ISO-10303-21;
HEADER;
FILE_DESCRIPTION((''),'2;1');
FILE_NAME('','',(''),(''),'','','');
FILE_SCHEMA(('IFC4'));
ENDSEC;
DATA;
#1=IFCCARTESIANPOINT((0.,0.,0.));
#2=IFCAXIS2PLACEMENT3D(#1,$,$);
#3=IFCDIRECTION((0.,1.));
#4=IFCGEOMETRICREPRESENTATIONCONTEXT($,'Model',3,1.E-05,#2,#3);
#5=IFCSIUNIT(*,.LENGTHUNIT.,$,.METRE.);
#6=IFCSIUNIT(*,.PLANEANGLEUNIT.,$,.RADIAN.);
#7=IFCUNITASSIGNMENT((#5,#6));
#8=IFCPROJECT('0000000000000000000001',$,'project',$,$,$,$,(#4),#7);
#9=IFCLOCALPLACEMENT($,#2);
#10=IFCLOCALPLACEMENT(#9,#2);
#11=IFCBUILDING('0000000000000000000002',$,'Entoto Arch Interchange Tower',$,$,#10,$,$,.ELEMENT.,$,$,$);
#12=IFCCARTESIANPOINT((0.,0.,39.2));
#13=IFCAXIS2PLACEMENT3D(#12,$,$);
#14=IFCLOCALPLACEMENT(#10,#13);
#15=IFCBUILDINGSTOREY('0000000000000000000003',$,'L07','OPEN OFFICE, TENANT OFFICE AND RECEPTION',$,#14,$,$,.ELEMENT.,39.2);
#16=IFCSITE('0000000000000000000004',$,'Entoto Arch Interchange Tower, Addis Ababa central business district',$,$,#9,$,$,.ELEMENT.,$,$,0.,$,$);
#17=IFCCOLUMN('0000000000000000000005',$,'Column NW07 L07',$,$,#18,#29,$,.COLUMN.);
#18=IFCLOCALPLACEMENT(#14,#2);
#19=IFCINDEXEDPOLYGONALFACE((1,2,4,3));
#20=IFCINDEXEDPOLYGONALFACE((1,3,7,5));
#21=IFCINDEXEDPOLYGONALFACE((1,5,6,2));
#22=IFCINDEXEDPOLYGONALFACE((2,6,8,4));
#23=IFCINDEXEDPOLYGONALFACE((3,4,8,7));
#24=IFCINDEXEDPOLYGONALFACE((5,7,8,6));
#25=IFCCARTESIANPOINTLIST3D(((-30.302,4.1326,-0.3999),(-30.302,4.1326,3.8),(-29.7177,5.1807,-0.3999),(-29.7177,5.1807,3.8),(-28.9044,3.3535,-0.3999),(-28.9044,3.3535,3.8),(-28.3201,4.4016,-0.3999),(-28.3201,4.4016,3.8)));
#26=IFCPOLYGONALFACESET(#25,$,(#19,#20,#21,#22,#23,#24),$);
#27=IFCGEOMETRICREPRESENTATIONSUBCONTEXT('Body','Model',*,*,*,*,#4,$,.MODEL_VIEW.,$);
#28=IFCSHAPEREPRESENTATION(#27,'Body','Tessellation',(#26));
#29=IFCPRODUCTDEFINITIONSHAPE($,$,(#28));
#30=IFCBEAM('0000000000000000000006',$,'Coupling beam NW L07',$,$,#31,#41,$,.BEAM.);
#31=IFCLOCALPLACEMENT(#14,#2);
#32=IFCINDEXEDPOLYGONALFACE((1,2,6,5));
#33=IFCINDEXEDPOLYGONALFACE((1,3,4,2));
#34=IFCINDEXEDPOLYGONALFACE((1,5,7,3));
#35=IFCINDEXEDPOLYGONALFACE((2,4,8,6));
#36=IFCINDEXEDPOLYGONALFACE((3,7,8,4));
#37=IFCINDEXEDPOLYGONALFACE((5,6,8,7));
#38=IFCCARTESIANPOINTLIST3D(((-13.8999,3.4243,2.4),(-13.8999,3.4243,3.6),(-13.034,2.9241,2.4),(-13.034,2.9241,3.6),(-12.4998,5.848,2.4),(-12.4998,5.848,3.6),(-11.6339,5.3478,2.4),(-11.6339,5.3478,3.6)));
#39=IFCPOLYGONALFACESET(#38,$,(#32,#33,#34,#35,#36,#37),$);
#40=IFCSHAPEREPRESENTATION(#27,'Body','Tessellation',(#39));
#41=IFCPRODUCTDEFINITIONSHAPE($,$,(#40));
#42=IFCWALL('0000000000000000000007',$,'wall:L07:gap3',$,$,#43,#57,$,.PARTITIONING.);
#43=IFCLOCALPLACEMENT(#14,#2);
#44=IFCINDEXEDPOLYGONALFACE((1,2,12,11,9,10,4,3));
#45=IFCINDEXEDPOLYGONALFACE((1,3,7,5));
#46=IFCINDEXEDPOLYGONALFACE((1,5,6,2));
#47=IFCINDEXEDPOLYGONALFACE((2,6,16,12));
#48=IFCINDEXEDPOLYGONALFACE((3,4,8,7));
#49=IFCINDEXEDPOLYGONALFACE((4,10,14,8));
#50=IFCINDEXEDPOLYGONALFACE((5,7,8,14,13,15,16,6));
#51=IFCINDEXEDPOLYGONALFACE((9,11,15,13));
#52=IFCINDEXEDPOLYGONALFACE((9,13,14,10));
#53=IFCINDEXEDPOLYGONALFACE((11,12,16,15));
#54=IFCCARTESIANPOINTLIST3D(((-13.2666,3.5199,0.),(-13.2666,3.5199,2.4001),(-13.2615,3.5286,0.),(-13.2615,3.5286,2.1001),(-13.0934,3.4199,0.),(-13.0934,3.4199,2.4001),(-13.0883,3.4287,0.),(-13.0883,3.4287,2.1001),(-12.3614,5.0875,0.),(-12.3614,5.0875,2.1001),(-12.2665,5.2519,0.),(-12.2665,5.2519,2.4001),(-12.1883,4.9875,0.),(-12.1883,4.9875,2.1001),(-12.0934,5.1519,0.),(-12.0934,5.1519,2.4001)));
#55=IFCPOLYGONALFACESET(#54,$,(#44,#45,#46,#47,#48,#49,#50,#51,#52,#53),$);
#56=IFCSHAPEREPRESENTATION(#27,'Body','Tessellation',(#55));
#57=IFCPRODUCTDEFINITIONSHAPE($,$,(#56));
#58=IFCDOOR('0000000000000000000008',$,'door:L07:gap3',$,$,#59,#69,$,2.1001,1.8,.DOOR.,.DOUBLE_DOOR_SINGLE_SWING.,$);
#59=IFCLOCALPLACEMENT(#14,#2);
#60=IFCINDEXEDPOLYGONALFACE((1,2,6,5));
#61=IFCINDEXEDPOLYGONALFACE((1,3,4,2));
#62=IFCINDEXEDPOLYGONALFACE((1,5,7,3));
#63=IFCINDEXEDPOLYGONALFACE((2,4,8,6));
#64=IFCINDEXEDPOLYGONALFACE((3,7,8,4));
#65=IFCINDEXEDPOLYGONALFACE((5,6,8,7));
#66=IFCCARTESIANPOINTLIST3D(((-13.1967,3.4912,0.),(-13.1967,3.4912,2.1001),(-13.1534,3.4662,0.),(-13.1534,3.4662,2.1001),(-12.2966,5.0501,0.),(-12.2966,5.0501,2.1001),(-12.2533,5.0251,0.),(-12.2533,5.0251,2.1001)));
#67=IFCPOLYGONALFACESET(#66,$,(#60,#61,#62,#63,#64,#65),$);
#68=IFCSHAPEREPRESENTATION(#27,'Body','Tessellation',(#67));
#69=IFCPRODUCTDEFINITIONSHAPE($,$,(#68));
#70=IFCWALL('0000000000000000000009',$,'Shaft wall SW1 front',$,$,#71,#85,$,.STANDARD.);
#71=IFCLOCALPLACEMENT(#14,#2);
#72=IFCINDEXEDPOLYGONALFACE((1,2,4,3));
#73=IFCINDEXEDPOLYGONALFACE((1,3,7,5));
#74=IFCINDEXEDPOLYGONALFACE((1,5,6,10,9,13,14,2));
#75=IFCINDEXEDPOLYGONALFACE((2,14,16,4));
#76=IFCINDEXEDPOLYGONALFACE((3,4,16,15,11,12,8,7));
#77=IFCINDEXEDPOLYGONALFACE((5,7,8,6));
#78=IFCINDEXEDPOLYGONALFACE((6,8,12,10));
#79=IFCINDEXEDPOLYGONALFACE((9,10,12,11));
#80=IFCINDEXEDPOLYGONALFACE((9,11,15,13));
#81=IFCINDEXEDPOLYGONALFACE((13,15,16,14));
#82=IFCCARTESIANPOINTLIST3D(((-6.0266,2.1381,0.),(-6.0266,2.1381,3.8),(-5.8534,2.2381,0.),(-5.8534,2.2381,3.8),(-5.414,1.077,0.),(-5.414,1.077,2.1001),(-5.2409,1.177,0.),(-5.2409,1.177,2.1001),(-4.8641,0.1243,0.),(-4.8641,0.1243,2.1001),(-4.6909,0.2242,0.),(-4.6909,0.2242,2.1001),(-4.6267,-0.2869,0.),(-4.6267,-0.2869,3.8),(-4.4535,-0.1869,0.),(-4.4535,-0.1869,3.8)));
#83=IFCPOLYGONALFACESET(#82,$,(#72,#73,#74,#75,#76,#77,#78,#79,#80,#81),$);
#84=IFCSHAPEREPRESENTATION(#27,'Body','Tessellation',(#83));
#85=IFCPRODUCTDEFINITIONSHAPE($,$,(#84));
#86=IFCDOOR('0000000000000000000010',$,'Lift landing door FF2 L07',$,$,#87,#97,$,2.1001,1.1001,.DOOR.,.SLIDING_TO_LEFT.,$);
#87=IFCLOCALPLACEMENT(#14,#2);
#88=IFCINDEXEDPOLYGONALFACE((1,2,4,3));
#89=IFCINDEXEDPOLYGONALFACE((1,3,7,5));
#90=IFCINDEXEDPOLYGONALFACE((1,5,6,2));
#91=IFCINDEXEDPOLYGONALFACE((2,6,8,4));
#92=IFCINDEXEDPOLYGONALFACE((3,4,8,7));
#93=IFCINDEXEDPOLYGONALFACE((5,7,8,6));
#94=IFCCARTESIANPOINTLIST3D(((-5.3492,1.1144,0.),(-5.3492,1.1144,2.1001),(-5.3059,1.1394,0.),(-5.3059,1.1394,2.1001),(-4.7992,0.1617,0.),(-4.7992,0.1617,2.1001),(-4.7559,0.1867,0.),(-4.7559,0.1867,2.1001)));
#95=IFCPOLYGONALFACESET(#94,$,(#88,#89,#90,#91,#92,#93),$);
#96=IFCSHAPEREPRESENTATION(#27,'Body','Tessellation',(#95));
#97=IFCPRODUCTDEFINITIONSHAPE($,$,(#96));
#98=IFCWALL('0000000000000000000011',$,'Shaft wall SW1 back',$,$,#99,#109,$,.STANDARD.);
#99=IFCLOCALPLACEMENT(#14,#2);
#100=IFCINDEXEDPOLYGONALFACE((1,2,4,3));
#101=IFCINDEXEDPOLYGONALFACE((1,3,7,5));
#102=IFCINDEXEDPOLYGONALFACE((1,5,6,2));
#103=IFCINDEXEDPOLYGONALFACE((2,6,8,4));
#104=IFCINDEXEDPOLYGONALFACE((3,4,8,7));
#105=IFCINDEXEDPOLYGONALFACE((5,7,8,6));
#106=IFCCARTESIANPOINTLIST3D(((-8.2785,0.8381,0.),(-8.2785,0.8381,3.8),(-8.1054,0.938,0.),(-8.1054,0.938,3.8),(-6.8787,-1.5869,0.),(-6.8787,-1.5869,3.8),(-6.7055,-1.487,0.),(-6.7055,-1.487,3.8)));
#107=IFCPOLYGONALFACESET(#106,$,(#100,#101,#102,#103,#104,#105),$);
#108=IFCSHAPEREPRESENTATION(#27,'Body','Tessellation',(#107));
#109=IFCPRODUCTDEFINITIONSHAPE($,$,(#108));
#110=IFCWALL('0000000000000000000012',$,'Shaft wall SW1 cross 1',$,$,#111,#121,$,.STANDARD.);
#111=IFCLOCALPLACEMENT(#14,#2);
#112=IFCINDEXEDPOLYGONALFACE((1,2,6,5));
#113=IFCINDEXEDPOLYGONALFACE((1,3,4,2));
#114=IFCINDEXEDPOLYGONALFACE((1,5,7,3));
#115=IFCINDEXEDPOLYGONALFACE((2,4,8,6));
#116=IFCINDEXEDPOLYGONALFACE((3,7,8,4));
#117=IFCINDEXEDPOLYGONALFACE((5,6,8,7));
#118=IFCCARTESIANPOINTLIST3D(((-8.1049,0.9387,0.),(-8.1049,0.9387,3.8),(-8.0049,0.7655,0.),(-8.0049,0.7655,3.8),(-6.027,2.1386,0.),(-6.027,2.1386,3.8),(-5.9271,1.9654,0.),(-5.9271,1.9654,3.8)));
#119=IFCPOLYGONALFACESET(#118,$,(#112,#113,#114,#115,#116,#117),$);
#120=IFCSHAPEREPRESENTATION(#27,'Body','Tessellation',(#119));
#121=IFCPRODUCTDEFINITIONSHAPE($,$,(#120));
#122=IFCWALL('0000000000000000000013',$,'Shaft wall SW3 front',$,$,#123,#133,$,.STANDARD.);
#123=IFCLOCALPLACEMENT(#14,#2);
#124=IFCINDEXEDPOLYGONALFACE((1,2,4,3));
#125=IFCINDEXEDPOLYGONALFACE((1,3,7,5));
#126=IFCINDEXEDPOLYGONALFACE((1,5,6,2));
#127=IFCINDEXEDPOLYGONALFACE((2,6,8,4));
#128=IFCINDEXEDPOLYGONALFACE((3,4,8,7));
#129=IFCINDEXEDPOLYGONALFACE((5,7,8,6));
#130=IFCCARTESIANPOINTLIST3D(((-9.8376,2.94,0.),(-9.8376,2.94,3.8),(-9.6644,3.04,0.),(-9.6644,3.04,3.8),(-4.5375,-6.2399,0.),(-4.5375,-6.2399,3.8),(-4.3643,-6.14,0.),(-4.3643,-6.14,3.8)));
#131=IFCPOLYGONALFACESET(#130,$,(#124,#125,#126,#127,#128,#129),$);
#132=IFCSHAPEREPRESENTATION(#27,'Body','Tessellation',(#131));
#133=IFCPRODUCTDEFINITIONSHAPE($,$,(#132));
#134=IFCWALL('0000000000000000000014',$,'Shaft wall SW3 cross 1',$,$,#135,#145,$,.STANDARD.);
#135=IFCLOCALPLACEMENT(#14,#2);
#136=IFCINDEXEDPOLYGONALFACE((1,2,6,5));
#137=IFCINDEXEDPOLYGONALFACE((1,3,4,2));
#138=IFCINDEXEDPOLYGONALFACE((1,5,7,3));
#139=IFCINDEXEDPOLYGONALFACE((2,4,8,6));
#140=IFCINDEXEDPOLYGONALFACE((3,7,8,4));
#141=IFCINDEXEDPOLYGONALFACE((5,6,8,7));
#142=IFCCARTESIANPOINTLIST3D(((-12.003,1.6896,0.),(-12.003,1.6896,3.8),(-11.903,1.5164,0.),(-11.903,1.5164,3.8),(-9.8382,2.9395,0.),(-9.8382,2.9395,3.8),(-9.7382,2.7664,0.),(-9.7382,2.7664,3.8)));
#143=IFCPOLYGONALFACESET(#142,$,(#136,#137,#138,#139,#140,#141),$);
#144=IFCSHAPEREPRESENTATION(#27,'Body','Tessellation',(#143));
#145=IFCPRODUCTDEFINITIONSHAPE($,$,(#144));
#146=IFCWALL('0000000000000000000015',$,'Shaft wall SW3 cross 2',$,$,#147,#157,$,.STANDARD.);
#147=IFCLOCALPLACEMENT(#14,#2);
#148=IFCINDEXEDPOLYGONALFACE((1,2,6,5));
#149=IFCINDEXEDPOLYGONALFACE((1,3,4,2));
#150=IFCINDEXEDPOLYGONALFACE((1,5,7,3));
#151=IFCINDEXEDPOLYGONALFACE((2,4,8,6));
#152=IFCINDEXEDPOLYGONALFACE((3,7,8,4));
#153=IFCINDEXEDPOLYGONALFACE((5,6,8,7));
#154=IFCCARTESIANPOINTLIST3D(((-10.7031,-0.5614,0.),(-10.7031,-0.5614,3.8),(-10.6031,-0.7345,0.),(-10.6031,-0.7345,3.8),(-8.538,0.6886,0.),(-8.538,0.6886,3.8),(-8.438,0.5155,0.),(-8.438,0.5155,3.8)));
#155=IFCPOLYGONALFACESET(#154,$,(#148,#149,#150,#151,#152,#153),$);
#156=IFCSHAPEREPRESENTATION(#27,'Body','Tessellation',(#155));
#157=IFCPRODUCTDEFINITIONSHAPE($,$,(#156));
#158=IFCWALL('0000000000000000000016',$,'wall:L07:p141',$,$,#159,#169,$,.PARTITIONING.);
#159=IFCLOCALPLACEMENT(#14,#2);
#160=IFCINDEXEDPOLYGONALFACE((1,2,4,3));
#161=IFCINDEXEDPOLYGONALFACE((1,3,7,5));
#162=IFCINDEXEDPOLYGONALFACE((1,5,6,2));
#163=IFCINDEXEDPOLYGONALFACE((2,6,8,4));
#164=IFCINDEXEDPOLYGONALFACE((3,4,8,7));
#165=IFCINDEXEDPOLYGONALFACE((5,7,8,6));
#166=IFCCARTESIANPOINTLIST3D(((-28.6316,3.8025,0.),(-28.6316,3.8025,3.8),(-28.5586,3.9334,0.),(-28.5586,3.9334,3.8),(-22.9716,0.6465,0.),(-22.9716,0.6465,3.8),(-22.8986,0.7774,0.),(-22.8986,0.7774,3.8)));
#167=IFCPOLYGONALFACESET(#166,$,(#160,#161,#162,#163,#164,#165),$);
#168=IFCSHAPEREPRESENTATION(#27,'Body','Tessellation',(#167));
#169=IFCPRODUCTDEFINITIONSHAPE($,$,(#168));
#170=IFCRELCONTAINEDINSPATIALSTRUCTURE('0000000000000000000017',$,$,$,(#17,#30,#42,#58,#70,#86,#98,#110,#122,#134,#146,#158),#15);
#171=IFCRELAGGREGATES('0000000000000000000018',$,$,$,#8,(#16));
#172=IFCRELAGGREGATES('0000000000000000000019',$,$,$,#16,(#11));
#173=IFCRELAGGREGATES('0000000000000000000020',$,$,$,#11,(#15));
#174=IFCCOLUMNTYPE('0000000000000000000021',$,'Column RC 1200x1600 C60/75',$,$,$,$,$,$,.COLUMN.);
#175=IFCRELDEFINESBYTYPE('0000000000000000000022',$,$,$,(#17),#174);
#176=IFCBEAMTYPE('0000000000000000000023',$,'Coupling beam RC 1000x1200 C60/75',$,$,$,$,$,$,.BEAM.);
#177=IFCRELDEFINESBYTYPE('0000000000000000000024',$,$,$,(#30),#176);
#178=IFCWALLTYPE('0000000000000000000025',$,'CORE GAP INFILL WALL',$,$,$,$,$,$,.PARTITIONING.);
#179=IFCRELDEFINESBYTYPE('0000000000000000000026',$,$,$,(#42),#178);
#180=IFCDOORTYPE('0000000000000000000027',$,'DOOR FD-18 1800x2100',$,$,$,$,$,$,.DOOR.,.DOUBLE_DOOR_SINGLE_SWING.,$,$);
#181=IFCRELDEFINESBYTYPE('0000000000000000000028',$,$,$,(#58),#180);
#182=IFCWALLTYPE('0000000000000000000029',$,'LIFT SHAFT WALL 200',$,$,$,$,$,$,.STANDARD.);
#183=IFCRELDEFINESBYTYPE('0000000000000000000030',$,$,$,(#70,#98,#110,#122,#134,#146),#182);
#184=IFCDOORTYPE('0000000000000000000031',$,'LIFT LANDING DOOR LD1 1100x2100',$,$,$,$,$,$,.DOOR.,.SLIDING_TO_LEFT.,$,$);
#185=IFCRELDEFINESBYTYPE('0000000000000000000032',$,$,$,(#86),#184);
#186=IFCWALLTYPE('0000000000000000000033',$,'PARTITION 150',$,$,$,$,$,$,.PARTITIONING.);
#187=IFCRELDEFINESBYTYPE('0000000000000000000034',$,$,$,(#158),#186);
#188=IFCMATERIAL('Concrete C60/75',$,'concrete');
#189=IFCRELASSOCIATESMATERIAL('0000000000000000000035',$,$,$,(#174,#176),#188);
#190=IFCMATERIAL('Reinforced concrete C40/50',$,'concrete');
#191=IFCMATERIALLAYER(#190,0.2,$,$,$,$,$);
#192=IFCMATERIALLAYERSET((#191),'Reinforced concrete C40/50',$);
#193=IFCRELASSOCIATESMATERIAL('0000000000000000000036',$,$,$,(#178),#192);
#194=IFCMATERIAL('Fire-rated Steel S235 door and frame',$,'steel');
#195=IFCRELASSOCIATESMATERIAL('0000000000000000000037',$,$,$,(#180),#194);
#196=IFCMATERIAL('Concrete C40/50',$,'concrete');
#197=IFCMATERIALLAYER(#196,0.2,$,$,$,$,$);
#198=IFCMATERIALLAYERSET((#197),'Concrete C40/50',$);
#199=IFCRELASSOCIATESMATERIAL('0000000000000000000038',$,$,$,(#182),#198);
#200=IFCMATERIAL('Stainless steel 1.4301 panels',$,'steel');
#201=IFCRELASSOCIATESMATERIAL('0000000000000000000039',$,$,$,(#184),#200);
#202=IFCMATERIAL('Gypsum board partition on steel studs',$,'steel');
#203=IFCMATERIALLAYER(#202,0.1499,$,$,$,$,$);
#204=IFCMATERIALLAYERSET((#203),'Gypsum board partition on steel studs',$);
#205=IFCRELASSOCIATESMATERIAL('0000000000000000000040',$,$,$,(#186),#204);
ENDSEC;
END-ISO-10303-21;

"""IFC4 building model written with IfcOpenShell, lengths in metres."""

from ifc_helpers import new_model, si_unit, direction, frame, frame_2d, origin, origin_2d, place, context, subcontext, project, spatial, rectangle, extrude, material, layer, layer_set, material_profile, profile_set, type_object, element, fill, save


model = new_model("IFC4")

# Units and contexts
model_context = context("Model", 3, precision=1e-05, world=origin(), true_north=direction((0.0, 1.0)))
body_context = subcontext(model_context, "Body", "Model", "MODEL_VIEW")
ifc_project = project(units=[si_unit("LENGTHUNIT", "METRE"), si_unit("PLANEANGLEUNIT", "RADIAN")], contexts=[model_context])

# Site, building, storey
site_placement = place(None, origin())
site = spatial("IfcSite", under=ifc_project, at=site_placement, Name="Entoto Arch Interchange Tower, Addis Ababa central business district", CompositionType="ELEMENT", RefElevation=0.0)
building_placement = place(site_placement, origin())
building = spatial("IfcBuilding", under=site, at=building_placement, Name="Entoto Arch Interchange Tower", CompositionType="ELEMENT")
storey_placement = place(building_placement, frame((0.0, 0.0, 39.2)))
storey = spatial("IfcBuildingStorey", under=building, at=storey_placement, Name="L07", Description="OPEN OFFICE, TENANT OFFICE AND RECEPTION", CompositionType="ELEMENT", Elevation=39.2)

# Column
ifc_material_1 = material(Name="Concrete C60/75", Category="concrete")
ifc_material_profile_1 = material_profile(ifc_material_1, rectangle(XDim=1.2, YDim=1.6001, at=origin_2d()))
ifc_profile_set_1 = profile_set([ifc_material_profile_1], Name="Concrete C60/75")
column_type = type_object("IfcColumnType", Name="Column RC 1200x1600 C60/75", PredefinedType="COLUMN", material=ifc_profile_set_1)
column_placement = place(storey_placement, frame((-29.311, 4.2671, -0.3999), z_axis=(0.0, 0.0, 1.0), x_axis=(0.486915, 0.873449, 0.0)))
element("IfcColumn", 1, at=column_placement, inside=storey, type_object=column_type, Name="Column NW07 L07", PredefinedType="COLUMN", context=body_context, shape_type="SweptSolid", body=[
    extrude(rectangle(XDim=1.2, YDim=1.6001, at=origin_2d()), origin(), (0.0, 0.0, 1.0), 4.2),
])

# Beam
ifc_material_profile_2 = material_profile(ifc_material_1, rectangle(XDim=1.0, YDim=1.2, at=origin_2d()))
ifc_profile_set_2 = profile_set([ifc_material_profile_2], Name="Concrete C60/75")
beam_type = type_object("IfcBeamType", Name="Coupling beam RC 1000x1200 C60/75", PredefinedType="BEAM", material=ifc_profile_set_2)
beam_placement = place(storey_placement, frame((-12.0669, 5.5979, 3.0), z_axis=(-0.500201, -0.86591, 0.0), x_axis=(0.86591, -0.500201, 0.0)))
element("IfcBeam", 2, at=beam_placement, inside=storey, type_object=beam_type, Name="Coupling beam NW L07", PredefinedType="BEAM", context=body_context, shape_type="SweptSolid", body=[
    extrude(rectangle(XDim=1.0, YDim=1.2, at=origin_2d()), origin(), (0.0, 0.0, 1.0), 2.7991),
])

# Walls, openings, doors
ifc_material_2 = material(Name="Reinforced concrete C40/50", Category="concrete")
ifc_layer_1 = layer(ifc_material_2, 0.2)
ifc_layer_set_1 = layer_set([ifc_layer_1], Name="Reinforced concrete C40/50")
wall_type_1 = type_object("IfcWallType", Name="CORE GAP INFILL WALL", PredefinedType="PARTITIONING", material=ifc_layer_set_1)
wall_1_placement = place(storey_placement, frame((-12.1799, 5.2019, 0.0), z_axis=(0.0, 0.0, 1.0), x_axis=(-0.500025, -0.866011, 0.0)))
wall_1 = element("IfcWall", 3, at=wall_1_placement, inside=storey, type_object=wall_type_1, Name="wall:L07:gap3", PredefinedType="PARTITIONING", context=body_context, shape_type="SweptSolid", body=[
    extrude(rectangle(XDim=2.0, YDim=0.2, at=frame_2d((1.0, 0.0))), origin(), (0.0, 0.0, 1.0), 2.4001),
])
opening_1_placement = place(wall_1_placement, frame((0.1899, 0.0, 0.0)))
opening_1 = element("IfcOpeningElement", 4, at=opening_1_placement, cuts=wall_1, PredefinedType="OPENING", context=body_context, shape_type="SweptSolid", body=[
    extrude(rectangle(XDim=1.8, YDim=2.1001, at=frame_2d((0.8999, 1.05))), frame((0.0, 0.1099, 0.0), z_axis=(0.0, -1.0, 0.0), x_axis=(1.0, 0.0, 0.0)), (0.0, 0.0, 1.0), 0.22),
])
ifc_material_3 = material(Name="Fire-rated Steel S235 door and frame", Category="steel")
door_type_1 = type_object("IfcDoorType", Name="DOOR FD-18 1800x2100", OperationType="DOUBLE_DOOR_SINGLE_SWING", PredefinedType="DOOR", material=ifc_material_3)
door_1_placement = place(opening_1_placement, origin())
door_1 = element("IfcDoor", 5, at=door_1_placement, inside=storey, type_object=door_type_1, Name="door:L07:gap3", OperationType="DOUBLE_DOOR_SINGLE_SWING", OverallHeight=2.1001, OverallWidth=1.8, PredefinedType="DOOR", context=body_context, shape_type="SweptSolid", body=[
    extrude(rectangle(XDim=1.8, YDim=2.1001, at=frame_2d((0.8999, 1.05))), frame((0.0, 0.0249, 0.0), z_axis=(0.0, -1.0, 0.0), x_axis=(1.0, 0.0, 0.0)), (0.0, 0.0, 1.0), 0.05),
])
fill(opening_1, door_1)
ifc_material_4 = material(Name="Concrete C40/50", Category="concrete")
ifc_layer_2 = layer(ifc_material_4, 0.2)
ifc_layer_set_2 = layer_set([ifc_layer_2], Name="Concrete C40/50")
wall_type_2 = type_object("IfcWallType", Name="LIFT SHAFT WALL 200", PredefinedType="STANDARD", material=ifc_layer_set_2)
wall_2_placement = place(storey_placement, frame((-5.9399, 2.188, 0.0), z_axis=(0.0, 0.0, 1.0), x_axis=(0.499946, -0.866056, 0.0)))
wall_2 = element("IfcWall", 6, at=wall_2_placement, inside=storey, type_object=wall_type_2, Name="Shaft wall SW1 front", PredefinedType="STANDARD", context=body_context, shape_type="SweptSolid", body=[
    extrude(rectangle(XDim=2.8, YDim=0.2, at=frame_2d((1.3999, 0.0))), origin(), (0.0, 0.0, 1.0), 3.8),
])
opening_2_placement = place(wall_2_placement, frame((1.2251, 0.0, 0.0)))
opening_2 = element("IfcOpeningElement", 7, at=opening_2_placement, cuts=wall_2, PredefinedType="OPENING", context=body_context, shape_type="SweptSolid", body=[
    extrude(rectangle(XDim=1.1001, YDim=2.1001, at=frame_2d((0.55, 1.05))), frame((0.0, 0.1099, 0.0), z_axis=(0.0, -1.0, 0.0), x_axis=(1.0, 0.0, 0.0)), (0.0, 0.0, 1.0), 0.22),
])
ifc_material_5 = material(Name="Stainless steel 1.4301 panels", Category="steel")
door_type_2 = type_object("IfcDoorType", Name="LIFT LANDING DOOR LD1 1100x2100", OperationType="SLIDING_TO_LEFT", PredefinedType="DOOR", material=ifc_material_5)
door_2_placement = place(opening_2_placement, origin())
door_2 = element("IfcDoor", 8, at=door_2_placement, inside=storey, type_object=door_type_2, Name="Lift landing door FF2 L07", OperationType="SLIDING_TO_LEFT", OverallHeight=2.1001, OverallWidth=1.1001, PredefinedType="DOOR", context=body_context, shape_type="SweptSolid", body=[
    extrude(rectangle(XDim=1.1001, YDim=2.1001, at=frame_2d((0.55, 1.05))), frame((0.0, 0.0249, 0.0), z_axis=(0.0, -1.0, 0.0), x_axis=(1.0, 0.0, 0.0)), (0.0, 0.0, 1.0), 0.05),
])
fill(opening_2, door_2)

# Walls
wall_3_placement = place(storey_placement, frame((-8.1919, 0.8879, 0.0), z_axis=(0.0, 0.0, 1.0), x_axis=(0.499946, -0.866056, 0.0)))
element("IfcWall", 9, at=wall_3_placement, inside=storey, type_object=wall_type_2, Name="Shaft wall SW1 back", PredefinedType="STANDARD", context=body_context, shape_type="SweptSolid", body=[
    extrude(rectangle(XDim=2.8, YDim=0.2, at=frame_2d((1.3999, 0.0))), origin(), (0.0, 0.0, 1.0), 3.8),
])
wall_4_placement = place(storey_placement, frame((-5.9771, 2.052, 0.0), z_axis=(0.0, 0.0, 1.0), x_axis=(-0.865974, -0.500089, 0.0)))
element("IfcWall", 10, at=wall_4_placement, inside=storey, type_object=wall_type_2, Name="Shaft wall SW1 cross 1", PredefinedType="STANDARD", context=body_context, shape_type="SweptSolid", body=[
    extrude(rectangle(XDim=2.3994, YDim=0.2, at=frame_2d((1.1997, 0.0))), origin(), (0.0, 0.0, 1.0), 3.8),
])
wall_5_placement = place(storey_placement, frame((-9.751, 2.99, 0.0), z_axis=(0.0, 0.0, 1.0), x_axis=(0.500001, -0.866025, 0.0)))
element("IfcWall", 11, at=wall_5_placement, inside=storey, type_object=wall_type_2, Name="Shaft wall SW3 front", PredefinedType="STANDARD", context=body_context, shape_type="SweptSolid", body=[
    extrude(rectangle(XDim=10.6001, YDim=0.2, at=frame_2d((5.3, 0.0))), origin(), (0.0, 0.0, 1.0), 3.8),
])
wall_6_placement = place(storey_placement, frame((-9.7881, 2.853, 0.0), z_axis=(0.0, 0.0, 1.0), x_axis=(-0.865999, -0.500047, 0.0)))
element("IfcWall", 12, at=wall_6_placement, inside=storey, type_object=wall_type_2, Name="Shaft wall SW3 cross 1", PredefinedType="STANDARD", context=body_context, shape_type="SweptSolid", body=[
    extrude(rectangle(XDim=2.4998, YDim=0.2, at=frame_2d((1.25, 0.0))), origin(), (0.0, 0.0, 1.0), 3.8),
])
wall_7_placement = place(storey_placement, frame((-8.488, 0.6021, 0.0), z_axis=(0.0, 0.0, 1.0), x_axis=(-0.866023, -0.500004, 0.0)))
element("IfcWall", 13, at=wall_7_placement, inside=storey, type_object=wall_type_2, Name="Shaft wall SW3 cross 2", PredefinedType="STANDARD", context=body_context, shape_type="SweptSolid", body=[
    extrude(rectangle(XDim=2.5, YDim=0.2, at=frame_2d((1.25, 0.0))), origin(), (0.0, 0.0, 1.0), 3.8),
])
ifc_material_6 = material(Name="Gypsum board partition on steel studs", Category="steel")
ifc_layer_3 = layer(ifc_material_6, 0.1499)
ifc_layer_set_3 = layer_set([ifc_layer_3], Name="Gypsum board partition on steel studs")
wall_type_3 = type_object("IfcWallType", Name="PARTITION 150", PredefinedType="PARTITIONING", material=ifc_layer_set_3)
wall_8_placement = place(storey_placement, frame((-22.9351, 0.7119, 0.0), z_axis=(0.0, 0.0, 1.0), x_axis=(-0.873396, 0.487011, 0.0)))
element("IfcWall", 14, at=wall_8_placement, inside=storey, type_object=wall_type_3, Name="wall:L07:p141", PredefinedType="PARTITIONING", context=body_context, shape_type="SweptSolid", body=[
    extrude(rectangle(XDim=6.4805, YDim=0.1499, at=frame_2d((3.2402, 0.0))), origin(), (0.0, 0.0, 1.0), 3.8),
])

save(model, "model.ifc")
